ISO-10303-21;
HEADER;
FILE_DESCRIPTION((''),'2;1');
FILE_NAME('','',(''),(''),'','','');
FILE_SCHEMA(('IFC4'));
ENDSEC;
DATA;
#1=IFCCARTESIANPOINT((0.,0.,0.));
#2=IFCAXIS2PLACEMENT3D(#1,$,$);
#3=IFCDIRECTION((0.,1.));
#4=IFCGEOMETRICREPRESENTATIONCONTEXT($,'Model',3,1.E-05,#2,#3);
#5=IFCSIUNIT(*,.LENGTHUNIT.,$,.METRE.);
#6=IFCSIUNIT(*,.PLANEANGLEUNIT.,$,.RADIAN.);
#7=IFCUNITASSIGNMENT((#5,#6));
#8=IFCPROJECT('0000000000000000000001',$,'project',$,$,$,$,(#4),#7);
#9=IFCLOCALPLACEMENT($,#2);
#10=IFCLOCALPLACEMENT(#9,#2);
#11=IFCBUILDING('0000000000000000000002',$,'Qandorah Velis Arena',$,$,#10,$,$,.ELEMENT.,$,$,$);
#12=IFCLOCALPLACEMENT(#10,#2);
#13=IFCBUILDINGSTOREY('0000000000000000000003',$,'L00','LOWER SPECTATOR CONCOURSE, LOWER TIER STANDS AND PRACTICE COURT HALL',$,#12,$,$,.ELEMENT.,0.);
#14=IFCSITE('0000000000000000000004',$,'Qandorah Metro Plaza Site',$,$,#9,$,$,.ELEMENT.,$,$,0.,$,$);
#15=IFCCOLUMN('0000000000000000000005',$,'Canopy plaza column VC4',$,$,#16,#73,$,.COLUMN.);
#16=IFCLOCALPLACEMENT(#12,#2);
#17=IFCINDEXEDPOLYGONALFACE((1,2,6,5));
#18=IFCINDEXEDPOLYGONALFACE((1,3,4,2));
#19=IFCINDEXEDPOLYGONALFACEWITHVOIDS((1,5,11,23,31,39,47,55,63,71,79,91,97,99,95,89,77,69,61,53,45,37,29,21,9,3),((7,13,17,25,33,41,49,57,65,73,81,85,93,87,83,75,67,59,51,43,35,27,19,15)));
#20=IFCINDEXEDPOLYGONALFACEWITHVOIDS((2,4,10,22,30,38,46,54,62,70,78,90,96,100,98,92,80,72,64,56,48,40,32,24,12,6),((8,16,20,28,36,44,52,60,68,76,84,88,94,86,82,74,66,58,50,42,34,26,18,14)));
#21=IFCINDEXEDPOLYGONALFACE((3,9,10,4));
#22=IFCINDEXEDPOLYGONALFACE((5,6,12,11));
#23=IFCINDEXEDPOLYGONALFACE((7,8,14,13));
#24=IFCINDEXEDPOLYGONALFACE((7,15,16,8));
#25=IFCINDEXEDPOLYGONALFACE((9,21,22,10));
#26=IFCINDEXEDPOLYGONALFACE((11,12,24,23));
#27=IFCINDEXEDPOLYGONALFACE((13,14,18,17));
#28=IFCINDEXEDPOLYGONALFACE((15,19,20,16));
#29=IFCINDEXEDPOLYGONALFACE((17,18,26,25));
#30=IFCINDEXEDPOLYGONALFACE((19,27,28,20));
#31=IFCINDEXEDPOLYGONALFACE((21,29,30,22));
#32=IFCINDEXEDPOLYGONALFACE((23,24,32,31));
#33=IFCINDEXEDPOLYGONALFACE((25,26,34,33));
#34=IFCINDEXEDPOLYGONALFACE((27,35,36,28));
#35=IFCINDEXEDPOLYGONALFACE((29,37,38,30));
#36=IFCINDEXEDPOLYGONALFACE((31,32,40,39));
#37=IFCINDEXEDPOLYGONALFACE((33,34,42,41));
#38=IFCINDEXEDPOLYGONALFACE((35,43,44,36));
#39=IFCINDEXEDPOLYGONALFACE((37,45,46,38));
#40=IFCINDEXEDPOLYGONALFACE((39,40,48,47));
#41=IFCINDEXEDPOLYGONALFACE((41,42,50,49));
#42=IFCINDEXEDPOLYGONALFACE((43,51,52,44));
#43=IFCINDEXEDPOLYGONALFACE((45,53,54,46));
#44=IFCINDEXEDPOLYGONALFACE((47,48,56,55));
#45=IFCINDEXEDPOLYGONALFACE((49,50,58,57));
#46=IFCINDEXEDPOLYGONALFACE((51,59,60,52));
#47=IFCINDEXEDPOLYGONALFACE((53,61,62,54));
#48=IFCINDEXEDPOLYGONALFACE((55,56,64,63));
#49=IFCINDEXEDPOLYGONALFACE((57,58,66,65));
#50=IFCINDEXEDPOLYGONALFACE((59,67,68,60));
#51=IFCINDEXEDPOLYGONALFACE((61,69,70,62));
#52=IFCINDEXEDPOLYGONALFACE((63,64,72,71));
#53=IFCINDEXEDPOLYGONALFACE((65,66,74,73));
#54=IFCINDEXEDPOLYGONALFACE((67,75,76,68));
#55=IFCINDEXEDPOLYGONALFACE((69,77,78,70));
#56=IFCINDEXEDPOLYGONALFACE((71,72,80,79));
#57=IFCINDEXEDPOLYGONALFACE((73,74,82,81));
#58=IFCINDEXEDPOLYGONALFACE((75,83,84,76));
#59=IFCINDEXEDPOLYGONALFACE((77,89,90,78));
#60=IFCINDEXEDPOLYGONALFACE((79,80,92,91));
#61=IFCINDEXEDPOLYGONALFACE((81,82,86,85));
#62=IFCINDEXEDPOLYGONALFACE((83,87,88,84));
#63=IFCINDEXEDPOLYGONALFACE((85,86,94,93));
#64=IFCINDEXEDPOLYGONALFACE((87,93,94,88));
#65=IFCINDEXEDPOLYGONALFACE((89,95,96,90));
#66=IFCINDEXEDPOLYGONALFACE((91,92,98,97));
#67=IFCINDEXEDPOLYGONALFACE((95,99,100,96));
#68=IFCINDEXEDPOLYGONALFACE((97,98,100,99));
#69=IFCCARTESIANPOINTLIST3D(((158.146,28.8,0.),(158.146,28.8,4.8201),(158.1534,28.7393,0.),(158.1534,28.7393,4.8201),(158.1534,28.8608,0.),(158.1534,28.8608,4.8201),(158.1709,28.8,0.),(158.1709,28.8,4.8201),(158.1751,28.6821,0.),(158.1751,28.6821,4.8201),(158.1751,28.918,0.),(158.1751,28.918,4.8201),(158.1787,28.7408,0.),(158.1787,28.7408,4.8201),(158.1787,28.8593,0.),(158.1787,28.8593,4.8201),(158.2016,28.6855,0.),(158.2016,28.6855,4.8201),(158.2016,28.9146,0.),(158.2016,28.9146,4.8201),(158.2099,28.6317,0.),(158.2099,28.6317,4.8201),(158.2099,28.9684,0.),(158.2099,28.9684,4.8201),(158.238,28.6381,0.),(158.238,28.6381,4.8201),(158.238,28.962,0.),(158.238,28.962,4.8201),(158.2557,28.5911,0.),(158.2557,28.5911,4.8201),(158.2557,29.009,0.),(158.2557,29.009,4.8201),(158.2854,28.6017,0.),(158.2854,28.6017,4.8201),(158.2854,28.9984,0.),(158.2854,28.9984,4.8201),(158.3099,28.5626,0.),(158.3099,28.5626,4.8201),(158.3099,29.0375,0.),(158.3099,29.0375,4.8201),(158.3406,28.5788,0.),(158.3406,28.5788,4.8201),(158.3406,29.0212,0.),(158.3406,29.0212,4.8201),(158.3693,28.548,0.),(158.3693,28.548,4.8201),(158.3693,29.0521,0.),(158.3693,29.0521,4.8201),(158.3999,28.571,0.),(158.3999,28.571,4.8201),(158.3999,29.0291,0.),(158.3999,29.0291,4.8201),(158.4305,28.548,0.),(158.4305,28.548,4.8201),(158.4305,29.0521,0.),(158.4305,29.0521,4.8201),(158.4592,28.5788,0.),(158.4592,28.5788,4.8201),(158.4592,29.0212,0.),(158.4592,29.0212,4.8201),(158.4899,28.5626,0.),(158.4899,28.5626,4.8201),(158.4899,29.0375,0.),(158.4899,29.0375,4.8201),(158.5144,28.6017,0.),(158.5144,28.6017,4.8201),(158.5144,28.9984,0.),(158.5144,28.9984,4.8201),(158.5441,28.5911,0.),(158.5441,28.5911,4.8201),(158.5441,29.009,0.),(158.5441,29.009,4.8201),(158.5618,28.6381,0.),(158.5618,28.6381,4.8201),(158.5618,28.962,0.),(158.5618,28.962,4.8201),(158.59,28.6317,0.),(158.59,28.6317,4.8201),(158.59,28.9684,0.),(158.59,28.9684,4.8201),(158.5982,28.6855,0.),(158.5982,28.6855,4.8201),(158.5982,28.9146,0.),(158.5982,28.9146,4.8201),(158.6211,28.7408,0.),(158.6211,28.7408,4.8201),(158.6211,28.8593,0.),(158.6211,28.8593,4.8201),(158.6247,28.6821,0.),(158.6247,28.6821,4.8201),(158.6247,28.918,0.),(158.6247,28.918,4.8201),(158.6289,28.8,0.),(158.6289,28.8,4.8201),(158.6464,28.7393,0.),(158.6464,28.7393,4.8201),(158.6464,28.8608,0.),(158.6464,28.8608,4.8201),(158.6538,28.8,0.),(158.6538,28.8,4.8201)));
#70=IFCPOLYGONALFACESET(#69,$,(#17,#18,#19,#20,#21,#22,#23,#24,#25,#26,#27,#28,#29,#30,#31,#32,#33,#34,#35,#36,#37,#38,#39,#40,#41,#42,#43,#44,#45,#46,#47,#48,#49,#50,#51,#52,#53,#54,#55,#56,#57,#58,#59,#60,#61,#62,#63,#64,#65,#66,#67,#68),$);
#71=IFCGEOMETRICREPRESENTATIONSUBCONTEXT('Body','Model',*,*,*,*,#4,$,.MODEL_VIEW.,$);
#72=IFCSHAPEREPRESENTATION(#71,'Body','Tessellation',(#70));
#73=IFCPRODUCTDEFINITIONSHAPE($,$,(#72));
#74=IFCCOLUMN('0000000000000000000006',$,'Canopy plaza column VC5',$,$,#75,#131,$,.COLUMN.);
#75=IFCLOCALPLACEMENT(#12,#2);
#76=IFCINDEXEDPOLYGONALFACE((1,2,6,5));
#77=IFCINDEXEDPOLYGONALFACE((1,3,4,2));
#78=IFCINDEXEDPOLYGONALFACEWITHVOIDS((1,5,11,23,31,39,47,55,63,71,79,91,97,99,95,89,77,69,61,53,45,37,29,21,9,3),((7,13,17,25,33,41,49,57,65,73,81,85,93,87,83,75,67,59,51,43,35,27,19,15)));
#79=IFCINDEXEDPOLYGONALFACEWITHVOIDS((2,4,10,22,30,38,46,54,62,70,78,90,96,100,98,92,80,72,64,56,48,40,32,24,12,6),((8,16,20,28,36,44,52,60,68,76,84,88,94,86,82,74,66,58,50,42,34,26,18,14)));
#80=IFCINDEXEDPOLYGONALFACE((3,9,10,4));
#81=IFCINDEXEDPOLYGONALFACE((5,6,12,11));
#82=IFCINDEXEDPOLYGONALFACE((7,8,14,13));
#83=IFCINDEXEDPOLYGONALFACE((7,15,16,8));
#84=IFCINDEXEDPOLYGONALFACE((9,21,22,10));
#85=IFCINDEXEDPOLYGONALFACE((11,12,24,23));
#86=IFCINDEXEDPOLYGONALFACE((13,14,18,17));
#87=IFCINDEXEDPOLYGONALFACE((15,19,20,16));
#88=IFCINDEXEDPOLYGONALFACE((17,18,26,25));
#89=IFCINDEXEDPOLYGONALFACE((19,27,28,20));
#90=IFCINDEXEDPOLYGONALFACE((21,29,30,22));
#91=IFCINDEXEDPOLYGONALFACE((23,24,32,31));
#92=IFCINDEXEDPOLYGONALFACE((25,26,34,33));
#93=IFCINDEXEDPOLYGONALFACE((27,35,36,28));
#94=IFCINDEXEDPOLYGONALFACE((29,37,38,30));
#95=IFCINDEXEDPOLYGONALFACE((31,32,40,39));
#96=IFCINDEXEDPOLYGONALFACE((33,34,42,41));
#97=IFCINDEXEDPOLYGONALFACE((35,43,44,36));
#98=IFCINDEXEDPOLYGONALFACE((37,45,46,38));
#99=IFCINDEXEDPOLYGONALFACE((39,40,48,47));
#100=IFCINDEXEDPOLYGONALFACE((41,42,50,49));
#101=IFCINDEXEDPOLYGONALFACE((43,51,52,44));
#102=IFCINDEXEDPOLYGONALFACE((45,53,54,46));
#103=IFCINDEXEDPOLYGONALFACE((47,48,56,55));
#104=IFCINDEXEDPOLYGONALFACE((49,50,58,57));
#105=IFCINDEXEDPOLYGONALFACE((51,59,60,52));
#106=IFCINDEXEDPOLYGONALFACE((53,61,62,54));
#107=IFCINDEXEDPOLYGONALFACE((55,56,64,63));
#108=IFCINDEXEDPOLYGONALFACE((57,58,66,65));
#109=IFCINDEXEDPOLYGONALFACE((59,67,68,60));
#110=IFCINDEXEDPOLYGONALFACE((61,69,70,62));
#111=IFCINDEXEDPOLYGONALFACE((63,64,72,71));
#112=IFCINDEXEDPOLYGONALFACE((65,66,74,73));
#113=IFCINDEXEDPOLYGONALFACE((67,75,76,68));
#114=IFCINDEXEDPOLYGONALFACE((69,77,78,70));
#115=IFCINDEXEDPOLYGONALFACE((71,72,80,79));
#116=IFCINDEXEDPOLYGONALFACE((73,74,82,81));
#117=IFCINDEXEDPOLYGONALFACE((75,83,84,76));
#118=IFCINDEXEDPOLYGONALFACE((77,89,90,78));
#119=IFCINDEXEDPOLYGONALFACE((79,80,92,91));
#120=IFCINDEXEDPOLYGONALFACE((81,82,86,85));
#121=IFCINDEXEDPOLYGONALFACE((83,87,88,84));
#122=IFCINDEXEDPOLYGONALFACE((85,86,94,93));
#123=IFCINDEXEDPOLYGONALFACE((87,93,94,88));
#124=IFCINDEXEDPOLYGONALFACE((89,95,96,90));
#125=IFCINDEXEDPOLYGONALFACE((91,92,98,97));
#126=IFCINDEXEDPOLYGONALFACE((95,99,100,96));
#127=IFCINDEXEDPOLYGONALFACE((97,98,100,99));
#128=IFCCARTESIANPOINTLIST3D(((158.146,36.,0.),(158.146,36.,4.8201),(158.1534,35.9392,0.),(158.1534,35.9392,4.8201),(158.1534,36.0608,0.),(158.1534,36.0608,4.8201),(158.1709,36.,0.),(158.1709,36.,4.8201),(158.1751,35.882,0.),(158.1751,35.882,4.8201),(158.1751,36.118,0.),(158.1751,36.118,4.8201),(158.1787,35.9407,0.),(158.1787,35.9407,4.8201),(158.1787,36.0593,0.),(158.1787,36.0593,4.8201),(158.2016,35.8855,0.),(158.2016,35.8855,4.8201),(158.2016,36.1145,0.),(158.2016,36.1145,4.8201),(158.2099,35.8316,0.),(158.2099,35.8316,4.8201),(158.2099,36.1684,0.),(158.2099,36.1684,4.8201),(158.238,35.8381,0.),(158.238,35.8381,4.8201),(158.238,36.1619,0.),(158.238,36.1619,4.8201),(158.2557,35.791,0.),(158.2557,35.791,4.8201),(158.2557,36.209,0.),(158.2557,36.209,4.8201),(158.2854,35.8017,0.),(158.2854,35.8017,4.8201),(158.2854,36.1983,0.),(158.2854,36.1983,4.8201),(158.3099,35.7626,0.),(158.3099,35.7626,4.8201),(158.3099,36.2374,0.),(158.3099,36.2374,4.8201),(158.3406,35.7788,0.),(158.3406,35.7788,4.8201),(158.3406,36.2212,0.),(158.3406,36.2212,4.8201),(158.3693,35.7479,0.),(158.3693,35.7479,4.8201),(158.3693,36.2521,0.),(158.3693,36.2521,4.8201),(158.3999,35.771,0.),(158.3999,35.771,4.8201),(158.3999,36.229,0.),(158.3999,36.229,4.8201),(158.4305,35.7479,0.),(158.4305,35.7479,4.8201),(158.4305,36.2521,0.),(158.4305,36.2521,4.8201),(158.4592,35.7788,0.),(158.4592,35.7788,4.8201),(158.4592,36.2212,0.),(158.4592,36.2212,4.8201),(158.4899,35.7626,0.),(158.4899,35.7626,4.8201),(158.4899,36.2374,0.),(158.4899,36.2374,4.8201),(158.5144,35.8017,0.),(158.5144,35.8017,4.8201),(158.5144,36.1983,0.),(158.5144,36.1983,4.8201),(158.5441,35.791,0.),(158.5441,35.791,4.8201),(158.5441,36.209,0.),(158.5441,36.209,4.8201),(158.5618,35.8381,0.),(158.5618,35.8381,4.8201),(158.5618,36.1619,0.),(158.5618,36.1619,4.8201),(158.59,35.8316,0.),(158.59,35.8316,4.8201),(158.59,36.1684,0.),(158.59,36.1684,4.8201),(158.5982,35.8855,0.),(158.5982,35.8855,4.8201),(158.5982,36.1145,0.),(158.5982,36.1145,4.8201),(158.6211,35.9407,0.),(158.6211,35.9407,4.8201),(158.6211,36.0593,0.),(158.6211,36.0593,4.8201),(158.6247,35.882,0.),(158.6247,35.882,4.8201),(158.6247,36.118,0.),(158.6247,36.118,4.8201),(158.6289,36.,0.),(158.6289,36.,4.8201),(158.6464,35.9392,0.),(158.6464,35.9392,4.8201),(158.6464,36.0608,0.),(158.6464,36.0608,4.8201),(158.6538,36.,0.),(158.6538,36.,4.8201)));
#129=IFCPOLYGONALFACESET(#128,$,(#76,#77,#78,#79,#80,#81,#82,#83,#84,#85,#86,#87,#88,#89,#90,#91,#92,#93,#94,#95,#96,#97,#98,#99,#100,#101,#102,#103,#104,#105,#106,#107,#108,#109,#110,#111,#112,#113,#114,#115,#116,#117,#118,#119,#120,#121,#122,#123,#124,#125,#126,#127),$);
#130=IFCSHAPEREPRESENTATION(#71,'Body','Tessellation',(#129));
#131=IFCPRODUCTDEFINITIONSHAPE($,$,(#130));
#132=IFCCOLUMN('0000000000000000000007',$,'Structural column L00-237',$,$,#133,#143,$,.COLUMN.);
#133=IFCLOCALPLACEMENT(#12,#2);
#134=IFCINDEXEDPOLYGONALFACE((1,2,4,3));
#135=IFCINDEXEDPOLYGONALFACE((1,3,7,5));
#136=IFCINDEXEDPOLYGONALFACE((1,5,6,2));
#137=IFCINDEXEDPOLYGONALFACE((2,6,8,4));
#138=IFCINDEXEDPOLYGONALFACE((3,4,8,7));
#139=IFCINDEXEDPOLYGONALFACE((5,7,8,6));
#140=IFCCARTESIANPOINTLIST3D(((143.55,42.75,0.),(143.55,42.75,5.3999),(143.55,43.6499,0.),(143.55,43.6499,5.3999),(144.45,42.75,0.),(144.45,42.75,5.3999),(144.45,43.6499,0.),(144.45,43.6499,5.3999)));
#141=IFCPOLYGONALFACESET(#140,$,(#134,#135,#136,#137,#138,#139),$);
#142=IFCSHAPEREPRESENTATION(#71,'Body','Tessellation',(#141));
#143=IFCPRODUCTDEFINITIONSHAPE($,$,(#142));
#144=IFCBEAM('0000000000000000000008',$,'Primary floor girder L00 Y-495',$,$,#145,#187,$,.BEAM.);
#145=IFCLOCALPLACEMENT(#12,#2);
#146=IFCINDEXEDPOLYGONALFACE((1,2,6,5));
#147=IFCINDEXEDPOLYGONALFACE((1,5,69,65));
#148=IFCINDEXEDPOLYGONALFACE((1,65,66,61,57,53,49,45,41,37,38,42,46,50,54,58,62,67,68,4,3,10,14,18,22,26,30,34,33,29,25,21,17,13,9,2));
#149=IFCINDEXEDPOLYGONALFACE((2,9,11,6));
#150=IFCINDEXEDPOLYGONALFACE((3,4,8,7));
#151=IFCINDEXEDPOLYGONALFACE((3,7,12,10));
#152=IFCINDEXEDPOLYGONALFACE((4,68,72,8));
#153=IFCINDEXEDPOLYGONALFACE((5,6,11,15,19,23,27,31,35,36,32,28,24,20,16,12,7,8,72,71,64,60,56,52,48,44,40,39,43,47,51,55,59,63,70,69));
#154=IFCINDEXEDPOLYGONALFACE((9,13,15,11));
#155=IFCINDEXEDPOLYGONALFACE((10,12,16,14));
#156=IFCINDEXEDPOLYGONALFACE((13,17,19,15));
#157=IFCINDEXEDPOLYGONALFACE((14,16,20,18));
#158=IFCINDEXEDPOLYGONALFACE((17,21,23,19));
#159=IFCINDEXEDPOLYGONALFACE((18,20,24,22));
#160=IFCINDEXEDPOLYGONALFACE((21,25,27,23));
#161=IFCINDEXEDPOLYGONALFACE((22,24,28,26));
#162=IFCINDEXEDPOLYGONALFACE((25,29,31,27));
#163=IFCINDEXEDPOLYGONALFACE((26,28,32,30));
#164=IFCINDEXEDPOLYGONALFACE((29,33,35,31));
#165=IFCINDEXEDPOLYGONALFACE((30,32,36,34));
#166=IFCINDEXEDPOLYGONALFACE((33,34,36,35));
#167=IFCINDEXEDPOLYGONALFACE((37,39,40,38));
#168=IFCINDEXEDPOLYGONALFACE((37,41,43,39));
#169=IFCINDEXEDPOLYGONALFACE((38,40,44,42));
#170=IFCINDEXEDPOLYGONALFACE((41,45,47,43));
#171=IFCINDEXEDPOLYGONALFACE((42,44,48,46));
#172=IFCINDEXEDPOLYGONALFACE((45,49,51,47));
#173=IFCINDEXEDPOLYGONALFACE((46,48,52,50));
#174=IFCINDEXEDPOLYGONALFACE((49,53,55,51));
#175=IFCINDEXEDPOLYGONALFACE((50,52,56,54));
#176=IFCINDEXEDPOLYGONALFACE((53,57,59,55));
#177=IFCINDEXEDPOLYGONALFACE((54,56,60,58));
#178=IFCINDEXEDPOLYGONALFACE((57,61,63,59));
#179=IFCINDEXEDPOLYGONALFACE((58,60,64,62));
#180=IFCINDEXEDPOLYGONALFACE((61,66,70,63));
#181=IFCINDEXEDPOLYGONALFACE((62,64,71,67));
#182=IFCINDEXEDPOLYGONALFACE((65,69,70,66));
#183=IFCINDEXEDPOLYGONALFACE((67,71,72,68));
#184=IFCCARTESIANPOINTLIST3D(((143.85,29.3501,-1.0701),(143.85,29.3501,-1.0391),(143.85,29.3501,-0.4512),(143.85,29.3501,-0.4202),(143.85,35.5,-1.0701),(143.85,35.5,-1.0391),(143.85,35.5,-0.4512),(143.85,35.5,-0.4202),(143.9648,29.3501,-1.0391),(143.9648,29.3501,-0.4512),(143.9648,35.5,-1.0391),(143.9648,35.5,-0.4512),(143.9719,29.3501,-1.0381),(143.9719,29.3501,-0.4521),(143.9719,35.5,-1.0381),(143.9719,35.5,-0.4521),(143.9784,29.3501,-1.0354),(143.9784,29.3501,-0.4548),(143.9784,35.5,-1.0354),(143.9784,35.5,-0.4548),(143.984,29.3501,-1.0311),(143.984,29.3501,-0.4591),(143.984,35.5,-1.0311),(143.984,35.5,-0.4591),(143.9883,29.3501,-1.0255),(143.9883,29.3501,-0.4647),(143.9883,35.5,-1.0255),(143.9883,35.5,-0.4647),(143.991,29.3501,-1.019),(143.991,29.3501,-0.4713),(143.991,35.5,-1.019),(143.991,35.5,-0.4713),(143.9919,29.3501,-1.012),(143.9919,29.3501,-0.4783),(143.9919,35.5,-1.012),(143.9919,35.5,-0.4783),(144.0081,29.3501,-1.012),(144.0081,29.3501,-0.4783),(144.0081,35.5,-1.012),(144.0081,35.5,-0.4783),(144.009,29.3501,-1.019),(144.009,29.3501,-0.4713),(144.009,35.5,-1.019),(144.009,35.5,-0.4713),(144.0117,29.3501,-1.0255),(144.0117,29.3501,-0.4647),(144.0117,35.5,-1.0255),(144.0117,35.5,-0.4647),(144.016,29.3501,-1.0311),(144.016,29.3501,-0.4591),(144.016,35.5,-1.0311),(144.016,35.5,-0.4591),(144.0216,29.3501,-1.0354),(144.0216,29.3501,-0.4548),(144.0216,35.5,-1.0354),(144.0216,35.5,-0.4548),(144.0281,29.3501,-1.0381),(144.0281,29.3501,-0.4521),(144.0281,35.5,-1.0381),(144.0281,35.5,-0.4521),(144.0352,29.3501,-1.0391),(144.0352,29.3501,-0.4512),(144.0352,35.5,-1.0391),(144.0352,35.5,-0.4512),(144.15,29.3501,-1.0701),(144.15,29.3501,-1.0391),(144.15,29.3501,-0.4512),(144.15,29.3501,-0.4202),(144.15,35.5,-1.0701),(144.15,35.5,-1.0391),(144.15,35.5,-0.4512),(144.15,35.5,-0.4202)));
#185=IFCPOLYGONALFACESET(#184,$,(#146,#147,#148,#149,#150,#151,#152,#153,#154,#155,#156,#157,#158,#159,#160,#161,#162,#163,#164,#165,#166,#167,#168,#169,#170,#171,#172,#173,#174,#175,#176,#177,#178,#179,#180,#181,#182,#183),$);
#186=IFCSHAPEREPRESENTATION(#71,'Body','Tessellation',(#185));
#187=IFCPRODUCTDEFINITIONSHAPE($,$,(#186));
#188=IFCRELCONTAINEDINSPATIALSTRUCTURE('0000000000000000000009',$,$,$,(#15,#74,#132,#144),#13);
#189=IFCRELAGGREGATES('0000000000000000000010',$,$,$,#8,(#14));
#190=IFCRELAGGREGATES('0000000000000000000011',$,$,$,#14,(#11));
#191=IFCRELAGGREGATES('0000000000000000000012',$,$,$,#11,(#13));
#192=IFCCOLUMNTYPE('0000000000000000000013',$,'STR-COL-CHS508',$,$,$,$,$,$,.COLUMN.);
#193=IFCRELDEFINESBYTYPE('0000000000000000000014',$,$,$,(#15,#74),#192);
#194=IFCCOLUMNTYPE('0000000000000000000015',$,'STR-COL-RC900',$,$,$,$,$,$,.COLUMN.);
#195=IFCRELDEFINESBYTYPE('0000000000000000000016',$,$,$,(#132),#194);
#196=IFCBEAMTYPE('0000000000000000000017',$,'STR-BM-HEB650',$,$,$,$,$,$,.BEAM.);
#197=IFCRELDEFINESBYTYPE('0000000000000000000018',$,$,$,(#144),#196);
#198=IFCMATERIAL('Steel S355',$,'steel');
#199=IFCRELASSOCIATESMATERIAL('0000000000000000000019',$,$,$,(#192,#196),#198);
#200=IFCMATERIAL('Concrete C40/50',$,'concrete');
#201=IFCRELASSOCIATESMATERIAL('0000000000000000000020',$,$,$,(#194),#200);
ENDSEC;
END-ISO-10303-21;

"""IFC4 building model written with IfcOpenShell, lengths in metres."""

from ifc_helpers import new_model, si_unit, direction, frame, origin, origin_2d, place, context, subcontext, project, spatial, rectangle, hollow_circle, i_section, extrude, material, material_profile, profile_set, type_object, element, save


model = new_model("IFC4")

# Units and contexts
model_context = context("Model", 3, precision=1e-05, world=origin(), true_north=direction((0.0, 1.0)))
body_context = subcontext(model_context, "Body", "Model", "MODEL_VIEW")
ifc_project = project(units=[si_unit("LENGTHUNIT", "METRE"), si_unit("PLANEANGLEUNIT", "RADIAN")], contexts=[model_context])

# Site, building, storey
site_placement = place(None, origin())
site = spatial("IfcSite", under=ifc_project, at=site_placement, Name="Qandorah Metro Plaza Site", CompositionType="ELEMENT", RefElevation=0.0)
building_placement = place(site_placement, origin())
building = spatial("IfcBuilding", under=site, at=building_placement, Name="Qandorah Velis Arena", CompositionType="ELEMENT")
storey_placement = place(building_placement, origin())
storey = spatial("IfcBuildingStorey", under=building, at=storey_placement, Name="L00", Description="LOWER SPECTATOR CONCOURSE, LOWER TIER STANDS AND PRACTICE COURT HALL", CompositionType="ELEMENT", Elevation=0.0)

# Shared definitions
ifc_material_1 = material(Name="Concrete C40/50", Category="concrete")

# Columns
ifc_material_2 = material(Name="Steel S355", Category="steel")
ifc_material_profile_1 = material_profile(ifc_material_2, hollow_circle(Radius=0.2539, WallThickness=0.0249, at=origin_2d()), Name="CHS 508x25")
ifc_profile_set_1 = profile_set([ifc_material_profile_1], Name="Steel S355")
column_type_1 = type_object("IfcColumnType", Name="STR-COL-CHS508", PredefinedType="COLUMN", material=ifc_profile_set_1)
for number, where, z_axis, x_axis, name in (
    (1, (158.3999, 28.8, 0.0), (0.0, 0.0, 1.0), (1.0, 0.0, 0.0), "Canopy plaza column VC4"),
    (2, (158.3999, 36.0, 0.0), (0.0, 0.0, 1.0), (1.0, 0.0, 0.0), "Canopy plaza column VC5"),
):
    element("IfcColumn", number, at=place(storey_placement, frame(where, z_axis=z_axis, x_axis=x_axis)), inside=storey, type_object=column_type_1, Name=name, PredefinedType="COLUMN", context=body_context, shape_type="SweptSolid", body=[
        extrude(hollow_circle(Radius=0.2539, WallThickness=0.0249, at=origin_2d()), origin(), (0.0, 0.0, 1.0), 4.8201),
    ])
ifc_material_profile_2 = material_profile(ifc_material_1, rectangle(XDim=0.8999, YDim=0.8999, at=origin_2d()), Name="RC COL 900x900")
ifc_profile_set_2 = profile_set([ifc_material_profile_2], Name="Concrete C40/50")
column_type_2 = type_object("IfcColumnType", Name="STR-COL-RC900", PredefinedType="COLUMN", material=ifc_profile_set_2)
column_1_placement = place(storey_placement, frame((144.0, 43.2, 0.0), z_axis=(0.0, 0.0, 1.0), x_axis=(1.0, 0.0, 0.0)))
element("IfcColumn", 3, at=column_1_placement, inside=storey, type_object=column_type_2, Name="Structural column L00-237", PredefinedType="COLUMN", context=body_context, shape_type="SweptSolid", body=[
    extrude(rectangle(XDim=0.8999, YDim=0.8999, at=origin_2d()), origin(), (0.0, 0.0, 1.0), 5.3999),
])

# Beam
ifc_material_profile_3 = material_profile(ifc_material_2, i_section(OverallWidth=0.3, OverallDepth=0.6499, WebThickness=0.0161, FlangeThickness=0.031, FilletRadius=0.0271, at=origin_2d()), Name="HEB 650")
ifc_profile_set_3 = profile_set([ifc_material_profile_3], Name="Steel S355")
beam_type_1 = type_object("IfcBeamType", Name="STR-BM-HEB650", PredefinedType="BEAM", material=ifc_profile_set_3)
beam_1_placement = place(storey_placement, frame((144.0, 29.3501, -0.7451), z_axis=(0.0, 1.0, 0.0), x_axis=(-1.0, 0.0, 0.0)))
element("IfcBeam", 4, at=beam_1_placement, inside=storey, type_object=beam_type_1, Name="Primary floor girder L00 Y-495", PredefinedType="BEAM", context=body_context, shape_type="SweptSolid", body=[
    extrude(i_section(OverallWidth=0.3, OverallDepth=0.6499, WebThickness=0.0161, FlangeThickness=0.031, FilletRadius=0.0271, at=origin_2d()), origin(), (0.0, 0.0, 1.0), 6.1499),
])

save(model, "model.ifc")
